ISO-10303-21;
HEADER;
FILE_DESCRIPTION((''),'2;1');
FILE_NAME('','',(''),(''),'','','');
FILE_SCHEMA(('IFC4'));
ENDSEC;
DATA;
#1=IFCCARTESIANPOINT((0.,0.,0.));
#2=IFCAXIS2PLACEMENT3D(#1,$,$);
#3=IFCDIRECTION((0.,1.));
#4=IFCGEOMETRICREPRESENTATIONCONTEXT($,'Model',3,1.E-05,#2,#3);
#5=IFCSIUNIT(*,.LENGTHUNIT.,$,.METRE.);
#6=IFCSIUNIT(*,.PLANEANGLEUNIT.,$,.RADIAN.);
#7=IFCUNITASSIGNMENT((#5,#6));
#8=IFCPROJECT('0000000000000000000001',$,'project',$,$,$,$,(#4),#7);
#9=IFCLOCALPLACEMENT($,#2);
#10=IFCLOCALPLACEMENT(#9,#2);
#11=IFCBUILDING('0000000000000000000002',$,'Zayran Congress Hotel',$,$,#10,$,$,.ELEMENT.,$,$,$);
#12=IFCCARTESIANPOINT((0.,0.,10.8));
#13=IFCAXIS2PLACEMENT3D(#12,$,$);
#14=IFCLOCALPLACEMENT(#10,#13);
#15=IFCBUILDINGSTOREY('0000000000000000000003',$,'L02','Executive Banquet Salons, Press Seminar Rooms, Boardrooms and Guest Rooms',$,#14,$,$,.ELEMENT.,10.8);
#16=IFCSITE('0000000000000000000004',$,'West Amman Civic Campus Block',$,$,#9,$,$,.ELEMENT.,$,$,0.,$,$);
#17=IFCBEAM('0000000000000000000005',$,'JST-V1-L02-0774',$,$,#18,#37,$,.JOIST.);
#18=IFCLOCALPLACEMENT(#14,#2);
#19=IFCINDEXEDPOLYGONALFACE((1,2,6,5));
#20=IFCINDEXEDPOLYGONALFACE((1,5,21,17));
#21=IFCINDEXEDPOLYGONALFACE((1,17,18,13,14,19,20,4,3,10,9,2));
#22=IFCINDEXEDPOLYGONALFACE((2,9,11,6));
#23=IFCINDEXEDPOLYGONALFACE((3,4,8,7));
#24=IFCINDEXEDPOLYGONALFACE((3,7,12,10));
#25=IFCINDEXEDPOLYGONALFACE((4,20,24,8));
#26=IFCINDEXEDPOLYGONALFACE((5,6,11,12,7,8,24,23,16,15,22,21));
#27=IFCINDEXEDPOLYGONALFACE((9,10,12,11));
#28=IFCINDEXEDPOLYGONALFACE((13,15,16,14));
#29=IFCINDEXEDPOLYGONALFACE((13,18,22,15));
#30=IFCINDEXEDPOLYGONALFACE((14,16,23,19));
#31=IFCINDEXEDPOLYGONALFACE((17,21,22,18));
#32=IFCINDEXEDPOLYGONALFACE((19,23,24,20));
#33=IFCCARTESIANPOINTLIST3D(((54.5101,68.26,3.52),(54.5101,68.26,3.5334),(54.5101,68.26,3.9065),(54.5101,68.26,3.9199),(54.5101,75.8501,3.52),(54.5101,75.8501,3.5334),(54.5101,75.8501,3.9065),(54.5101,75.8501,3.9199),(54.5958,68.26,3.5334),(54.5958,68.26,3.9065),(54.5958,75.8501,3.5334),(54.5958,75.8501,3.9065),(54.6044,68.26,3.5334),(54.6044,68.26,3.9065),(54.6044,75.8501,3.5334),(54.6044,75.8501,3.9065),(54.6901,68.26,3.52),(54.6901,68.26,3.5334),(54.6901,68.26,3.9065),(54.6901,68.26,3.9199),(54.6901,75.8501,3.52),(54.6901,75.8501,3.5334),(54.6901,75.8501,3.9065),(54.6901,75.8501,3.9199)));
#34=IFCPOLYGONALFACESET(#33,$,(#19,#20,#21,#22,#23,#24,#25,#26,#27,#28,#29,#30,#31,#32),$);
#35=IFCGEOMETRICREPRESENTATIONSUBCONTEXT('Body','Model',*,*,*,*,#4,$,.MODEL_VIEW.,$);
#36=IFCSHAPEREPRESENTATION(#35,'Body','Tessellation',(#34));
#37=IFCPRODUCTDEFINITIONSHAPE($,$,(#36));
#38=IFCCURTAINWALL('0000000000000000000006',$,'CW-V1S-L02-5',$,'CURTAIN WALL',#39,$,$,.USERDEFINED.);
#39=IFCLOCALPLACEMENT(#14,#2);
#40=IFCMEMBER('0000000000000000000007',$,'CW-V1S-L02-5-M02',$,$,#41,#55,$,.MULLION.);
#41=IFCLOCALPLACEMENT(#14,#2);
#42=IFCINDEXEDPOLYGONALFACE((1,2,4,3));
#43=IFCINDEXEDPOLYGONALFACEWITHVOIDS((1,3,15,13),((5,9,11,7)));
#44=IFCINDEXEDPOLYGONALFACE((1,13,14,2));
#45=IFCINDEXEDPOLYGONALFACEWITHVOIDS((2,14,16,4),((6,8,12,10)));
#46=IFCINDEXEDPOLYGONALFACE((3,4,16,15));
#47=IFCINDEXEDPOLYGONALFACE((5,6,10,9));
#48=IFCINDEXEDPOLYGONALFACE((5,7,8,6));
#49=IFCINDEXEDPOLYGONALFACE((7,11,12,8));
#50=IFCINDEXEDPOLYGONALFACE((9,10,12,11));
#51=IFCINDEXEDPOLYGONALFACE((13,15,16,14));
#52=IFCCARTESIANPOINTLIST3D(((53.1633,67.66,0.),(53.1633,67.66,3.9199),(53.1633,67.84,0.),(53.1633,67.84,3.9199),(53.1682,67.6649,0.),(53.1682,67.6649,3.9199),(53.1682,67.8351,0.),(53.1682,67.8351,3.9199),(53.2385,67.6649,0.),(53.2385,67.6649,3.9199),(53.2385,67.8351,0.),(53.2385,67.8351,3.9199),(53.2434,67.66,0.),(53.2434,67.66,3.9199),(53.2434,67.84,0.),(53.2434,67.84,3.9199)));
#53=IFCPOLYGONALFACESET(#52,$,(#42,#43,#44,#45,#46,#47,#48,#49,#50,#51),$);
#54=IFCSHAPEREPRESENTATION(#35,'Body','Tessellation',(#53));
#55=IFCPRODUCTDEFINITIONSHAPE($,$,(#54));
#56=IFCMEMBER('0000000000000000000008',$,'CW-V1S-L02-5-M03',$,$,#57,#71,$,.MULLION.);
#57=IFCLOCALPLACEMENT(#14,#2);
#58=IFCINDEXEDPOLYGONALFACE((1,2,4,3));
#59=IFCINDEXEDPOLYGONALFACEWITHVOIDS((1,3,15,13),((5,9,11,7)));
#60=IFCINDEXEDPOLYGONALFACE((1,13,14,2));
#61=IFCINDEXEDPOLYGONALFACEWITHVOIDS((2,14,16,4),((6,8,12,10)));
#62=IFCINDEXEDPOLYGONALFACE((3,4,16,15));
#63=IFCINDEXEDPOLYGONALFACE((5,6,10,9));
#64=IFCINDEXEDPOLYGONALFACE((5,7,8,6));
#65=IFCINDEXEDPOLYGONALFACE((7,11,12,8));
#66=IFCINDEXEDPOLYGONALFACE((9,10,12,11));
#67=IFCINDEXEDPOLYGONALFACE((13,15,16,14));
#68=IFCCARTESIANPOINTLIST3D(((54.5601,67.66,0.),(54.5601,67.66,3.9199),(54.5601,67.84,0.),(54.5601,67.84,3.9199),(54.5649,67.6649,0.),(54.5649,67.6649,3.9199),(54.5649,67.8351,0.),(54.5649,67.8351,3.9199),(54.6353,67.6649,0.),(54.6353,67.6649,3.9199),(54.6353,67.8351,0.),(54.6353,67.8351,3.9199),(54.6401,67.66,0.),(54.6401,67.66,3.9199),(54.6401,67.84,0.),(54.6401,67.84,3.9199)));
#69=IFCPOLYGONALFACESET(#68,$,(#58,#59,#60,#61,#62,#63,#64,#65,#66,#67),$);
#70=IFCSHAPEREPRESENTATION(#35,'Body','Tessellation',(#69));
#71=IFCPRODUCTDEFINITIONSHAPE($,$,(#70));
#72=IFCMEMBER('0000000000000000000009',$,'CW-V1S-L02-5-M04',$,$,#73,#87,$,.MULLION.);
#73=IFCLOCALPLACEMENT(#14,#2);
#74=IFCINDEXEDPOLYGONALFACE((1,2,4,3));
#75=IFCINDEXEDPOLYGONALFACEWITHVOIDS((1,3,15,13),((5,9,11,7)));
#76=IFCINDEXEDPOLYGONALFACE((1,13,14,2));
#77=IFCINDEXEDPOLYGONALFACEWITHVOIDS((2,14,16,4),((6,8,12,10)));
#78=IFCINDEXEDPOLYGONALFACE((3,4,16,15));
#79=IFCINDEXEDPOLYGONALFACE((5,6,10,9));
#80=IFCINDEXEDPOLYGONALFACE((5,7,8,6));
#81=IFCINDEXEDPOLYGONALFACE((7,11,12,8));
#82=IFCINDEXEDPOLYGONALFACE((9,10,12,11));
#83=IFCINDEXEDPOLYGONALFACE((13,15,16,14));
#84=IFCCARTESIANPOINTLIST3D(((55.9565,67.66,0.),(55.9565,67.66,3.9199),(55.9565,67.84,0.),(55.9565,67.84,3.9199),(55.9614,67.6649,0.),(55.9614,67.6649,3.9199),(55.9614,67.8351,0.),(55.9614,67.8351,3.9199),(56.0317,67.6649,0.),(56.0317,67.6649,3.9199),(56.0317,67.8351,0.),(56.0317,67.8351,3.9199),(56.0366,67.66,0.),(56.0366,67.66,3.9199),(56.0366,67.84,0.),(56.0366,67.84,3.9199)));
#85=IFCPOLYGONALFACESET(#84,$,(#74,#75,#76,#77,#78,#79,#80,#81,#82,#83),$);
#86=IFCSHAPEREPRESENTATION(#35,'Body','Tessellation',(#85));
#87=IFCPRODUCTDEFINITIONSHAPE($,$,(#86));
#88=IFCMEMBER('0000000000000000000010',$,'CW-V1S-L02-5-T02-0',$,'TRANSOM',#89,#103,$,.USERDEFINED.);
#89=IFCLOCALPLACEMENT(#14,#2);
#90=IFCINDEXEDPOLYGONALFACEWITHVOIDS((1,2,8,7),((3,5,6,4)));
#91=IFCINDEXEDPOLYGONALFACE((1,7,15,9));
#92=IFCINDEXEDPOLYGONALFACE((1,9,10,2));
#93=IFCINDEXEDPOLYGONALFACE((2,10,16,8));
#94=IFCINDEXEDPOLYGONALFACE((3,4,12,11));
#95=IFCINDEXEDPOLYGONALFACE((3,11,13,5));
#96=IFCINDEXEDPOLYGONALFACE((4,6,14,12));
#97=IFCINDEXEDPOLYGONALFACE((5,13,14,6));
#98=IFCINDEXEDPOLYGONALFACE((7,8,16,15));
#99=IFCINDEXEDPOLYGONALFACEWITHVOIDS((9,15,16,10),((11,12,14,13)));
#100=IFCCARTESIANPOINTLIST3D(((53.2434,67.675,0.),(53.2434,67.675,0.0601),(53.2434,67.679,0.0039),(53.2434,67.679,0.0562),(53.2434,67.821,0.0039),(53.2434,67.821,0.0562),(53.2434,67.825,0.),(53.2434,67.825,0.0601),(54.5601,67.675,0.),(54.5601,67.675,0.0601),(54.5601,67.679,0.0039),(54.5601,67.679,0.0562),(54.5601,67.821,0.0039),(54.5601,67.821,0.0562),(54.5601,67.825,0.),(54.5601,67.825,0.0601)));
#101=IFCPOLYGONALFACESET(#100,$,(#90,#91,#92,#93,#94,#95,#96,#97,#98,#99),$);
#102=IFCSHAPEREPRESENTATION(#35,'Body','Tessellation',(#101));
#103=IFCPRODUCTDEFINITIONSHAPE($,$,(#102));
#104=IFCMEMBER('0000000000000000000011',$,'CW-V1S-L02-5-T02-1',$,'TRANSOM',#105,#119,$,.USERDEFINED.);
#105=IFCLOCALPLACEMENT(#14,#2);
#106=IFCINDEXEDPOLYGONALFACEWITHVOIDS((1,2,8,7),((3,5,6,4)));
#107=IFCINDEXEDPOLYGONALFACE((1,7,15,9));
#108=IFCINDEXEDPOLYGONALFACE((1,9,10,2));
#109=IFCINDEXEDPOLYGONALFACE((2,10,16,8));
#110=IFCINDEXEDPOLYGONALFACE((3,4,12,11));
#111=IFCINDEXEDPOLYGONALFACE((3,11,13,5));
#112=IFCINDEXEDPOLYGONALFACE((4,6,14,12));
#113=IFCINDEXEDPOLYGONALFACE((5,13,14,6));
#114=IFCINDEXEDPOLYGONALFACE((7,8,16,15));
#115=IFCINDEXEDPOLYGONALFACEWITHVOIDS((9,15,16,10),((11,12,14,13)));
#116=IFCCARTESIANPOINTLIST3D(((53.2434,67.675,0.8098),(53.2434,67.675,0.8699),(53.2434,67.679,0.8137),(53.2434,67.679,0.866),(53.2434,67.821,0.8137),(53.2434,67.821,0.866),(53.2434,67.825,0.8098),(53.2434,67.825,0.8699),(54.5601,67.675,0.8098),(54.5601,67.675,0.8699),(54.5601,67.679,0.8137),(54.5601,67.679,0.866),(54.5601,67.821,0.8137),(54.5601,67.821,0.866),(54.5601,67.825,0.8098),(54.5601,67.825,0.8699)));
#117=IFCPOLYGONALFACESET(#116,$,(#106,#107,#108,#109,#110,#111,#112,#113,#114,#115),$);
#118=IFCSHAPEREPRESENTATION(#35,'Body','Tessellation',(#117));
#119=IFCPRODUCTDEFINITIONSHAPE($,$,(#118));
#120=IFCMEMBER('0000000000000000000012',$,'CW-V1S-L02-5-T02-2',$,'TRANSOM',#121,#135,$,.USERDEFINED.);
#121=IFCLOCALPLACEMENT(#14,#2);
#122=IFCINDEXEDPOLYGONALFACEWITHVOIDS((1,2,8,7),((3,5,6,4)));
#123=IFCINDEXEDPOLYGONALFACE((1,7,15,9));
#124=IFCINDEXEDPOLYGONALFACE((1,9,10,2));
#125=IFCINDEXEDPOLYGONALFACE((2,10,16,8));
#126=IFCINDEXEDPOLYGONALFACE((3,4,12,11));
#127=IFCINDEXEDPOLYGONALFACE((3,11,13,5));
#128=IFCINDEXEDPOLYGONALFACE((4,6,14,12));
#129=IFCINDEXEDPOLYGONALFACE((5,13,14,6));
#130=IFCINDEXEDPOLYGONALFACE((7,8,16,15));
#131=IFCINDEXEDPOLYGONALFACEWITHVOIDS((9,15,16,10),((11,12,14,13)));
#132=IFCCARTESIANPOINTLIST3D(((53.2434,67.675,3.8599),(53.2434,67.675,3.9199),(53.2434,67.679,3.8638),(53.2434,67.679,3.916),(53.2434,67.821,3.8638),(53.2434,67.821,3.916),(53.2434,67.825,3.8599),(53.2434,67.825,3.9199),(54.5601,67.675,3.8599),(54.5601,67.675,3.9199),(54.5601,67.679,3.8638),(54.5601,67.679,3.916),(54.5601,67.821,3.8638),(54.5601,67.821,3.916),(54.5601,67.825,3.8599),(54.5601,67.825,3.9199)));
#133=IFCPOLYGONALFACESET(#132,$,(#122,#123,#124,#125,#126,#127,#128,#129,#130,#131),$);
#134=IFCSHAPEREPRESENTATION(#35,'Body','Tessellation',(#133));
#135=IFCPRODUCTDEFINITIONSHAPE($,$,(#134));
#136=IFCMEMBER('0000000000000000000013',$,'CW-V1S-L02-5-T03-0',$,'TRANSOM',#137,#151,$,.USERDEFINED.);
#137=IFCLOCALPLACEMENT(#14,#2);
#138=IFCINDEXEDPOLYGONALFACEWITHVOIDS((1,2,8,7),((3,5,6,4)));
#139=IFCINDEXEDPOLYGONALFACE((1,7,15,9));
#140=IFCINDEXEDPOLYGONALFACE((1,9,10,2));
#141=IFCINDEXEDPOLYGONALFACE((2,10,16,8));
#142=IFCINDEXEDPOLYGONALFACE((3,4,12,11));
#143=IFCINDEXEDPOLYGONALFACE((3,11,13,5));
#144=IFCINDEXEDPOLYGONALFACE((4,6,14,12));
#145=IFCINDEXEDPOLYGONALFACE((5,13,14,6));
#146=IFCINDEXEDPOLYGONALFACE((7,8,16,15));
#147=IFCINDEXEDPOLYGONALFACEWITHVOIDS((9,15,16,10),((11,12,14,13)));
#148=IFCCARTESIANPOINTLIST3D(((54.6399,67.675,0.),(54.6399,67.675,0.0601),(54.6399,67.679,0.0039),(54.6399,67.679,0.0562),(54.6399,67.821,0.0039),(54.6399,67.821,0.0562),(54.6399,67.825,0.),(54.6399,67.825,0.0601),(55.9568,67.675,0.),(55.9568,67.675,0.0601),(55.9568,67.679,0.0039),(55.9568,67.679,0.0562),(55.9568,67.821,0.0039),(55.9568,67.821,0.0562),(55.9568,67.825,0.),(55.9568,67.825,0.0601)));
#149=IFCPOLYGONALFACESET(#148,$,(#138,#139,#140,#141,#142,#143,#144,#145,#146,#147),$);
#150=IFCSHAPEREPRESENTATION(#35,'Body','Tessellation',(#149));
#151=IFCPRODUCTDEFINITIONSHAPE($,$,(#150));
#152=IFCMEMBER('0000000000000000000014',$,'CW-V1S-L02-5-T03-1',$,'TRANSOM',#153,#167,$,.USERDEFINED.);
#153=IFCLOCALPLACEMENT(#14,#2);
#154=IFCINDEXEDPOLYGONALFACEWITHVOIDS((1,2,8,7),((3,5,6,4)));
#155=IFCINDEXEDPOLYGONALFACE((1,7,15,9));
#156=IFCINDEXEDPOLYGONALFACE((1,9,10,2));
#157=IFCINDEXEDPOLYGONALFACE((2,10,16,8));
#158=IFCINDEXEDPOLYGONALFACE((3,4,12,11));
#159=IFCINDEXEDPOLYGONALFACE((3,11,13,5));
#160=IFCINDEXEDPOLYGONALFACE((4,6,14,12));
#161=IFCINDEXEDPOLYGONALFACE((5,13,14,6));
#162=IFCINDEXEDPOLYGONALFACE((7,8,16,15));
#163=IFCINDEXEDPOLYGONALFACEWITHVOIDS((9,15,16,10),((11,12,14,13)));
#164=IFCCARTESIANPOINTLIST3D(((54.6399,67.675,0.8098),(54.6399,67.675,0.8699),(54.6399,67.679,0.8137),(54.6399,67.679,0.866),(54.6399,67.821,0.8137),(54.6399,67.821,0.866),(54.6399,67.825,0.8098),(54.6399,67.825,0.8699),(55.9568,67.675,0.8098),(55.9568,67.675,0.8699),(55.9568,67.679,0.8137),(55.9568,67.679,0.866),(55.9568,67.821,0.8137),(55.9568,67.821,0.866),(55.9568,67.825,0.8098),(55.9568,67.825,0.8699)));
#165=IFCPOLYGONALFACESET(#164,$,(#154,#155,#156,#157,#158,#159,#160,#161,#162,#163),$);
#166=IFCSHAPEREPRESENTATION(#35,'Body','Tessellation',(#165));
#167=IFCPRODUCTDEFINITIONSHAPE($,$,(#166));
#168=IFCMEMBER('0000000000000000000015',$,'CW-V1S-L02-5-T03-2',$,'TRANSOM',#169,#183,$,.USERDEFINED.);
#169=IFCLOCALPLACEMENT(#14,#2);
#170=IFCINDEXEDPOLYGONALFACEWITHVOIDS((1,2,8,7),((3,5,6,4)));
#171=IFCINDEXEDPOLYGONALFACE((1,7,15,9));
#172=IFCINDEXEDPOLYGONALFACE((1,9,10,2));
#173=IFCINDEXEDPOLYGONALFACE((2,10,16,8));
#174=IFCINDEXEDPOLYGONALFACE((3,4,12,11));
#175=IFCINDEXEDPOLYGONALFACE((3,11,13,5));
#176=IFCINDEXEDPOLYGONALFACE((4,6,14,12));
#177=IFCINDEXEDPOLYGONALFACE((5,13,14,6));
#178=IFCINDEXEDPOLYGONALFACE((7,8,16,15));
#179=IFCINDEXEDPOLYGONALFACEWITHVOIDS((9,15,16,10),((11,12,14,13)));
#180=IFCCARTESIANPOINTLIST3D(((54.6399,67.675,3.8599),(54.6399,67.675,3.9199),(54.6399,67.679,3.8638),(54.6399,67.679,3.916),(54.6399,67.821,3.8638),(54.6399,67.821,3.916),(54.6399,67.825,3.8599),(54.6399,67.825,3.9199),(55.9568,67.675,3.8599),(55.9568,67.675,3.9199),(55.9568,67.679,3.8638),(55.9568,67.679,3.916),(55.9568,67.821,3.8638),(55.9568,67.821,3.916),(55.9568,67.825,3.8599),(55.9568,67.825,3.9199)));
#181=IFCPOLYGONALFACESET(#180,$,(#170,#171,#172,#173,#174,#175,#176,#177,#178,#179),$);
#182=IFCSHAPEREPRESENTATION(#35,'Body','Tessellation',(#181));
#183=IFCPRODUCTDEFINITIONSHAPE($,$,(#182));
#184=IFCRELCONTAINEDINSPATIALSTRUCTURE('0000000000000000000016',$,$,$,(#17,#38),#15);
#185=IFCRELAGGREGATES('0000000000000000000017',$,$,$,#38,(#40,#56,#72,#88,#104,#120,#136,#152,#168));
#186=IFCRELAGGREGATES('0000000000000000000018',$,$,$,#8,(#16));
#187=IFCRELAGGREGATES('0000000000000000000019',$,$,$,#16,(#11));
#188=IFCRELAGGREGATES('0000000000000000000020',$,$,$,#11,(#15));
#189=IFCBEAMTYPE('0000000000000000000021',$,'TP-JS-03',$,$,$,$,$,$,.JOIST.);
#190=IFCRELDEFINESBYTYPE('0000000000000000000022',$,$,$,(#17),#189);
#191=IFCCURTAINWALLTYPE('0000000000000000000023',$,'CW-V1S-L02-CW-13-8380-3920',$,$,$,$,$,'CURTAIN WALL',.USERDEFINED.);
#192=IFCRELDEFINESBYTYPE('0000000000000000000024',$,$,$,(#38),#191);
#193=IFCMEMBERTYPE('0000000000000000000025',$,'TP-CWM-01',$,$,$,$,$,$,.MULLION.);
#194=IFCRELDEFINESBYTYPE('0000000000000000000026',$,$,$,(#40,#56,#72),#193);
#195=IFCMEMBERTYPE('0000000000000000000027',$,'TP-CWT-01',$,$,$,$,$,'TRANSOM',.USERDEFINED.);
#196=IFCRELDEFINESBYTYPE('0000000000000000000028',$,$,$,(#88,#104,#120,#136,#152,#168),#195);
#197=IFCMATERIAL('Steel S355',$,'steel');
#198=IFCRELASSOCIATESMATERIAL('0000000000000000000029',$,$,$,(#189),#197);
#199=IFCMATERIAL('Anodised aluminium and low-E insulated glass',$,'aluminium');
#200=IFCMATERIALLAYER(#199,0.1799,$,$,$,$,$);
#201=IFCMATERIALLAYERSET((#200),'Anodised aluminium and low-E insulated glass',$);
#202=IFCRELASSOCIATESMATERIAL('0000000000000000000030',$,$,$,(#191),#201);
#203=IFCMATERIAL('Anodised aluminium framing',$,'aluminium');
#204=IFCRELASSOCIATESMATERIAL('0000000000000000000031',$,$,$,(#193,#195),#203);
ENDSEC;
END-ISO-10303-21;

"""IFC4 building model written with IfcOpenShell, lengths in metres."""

from ifc_helpers import new_model, si_unit, direction, frame, origin, origin_2d, place, context, subcontext, project, spatial, hollow_rectangle, i_section, extrude, material, layer, layer_set, material_profile, profile_set, type_object, element, aggregate, save


model = new_model("IFC4")

# Units and contexts
model_context = context("Model", 3, precision=1e-05, world=origin(), true_north=direction((0.0, 1.0)))
body_context = subcontext(model_context, "Body", "Model", "MODEL_VIEW")
ifc_project = project(units=[si_unit("LENGTHUNIT", "METRE"), si_unit("PLANEANGLEUNIT", "RADIAN")], contexts=[model_context])

# Site, building, storey
site_placement = place(None, origin())
site = spatial("IfcSite", under=ifc_project, at=site_placement, Name="West Amman Civic Campus Block", CompositionType="ELEMENT", RefElevation=0.0)
building_placement = place(site_placement, origin())
building = spatial("IfcBuilding", under=site, at=building_placement, Name="Zayran Congress Hotel", CompositionType="ELEMENT")
storey_placement = place(building_placement, frame((0.0, 0.0, 10.8)))
storey = spatial("IfcBuildingStorey", under=building, at=storey_placement, Name="L02", Description="Executive Banquet Salons, Press Seminar Rooms, Boardrooms and Guest Rooms", CompositionType="ELEMENT", Elevation=10.8)

# Beam
ifc_material_1 = material(Name="Steel S355", Category="steel")
ifc_material_profile_1 = material_profile(ifc_material_1, i_section(OverallWidth=0.1799, OverallDepth=0.3999, WebThickness=0.0085, FlangeThickness=0.0134, at=origin_2d()), Name="IPE 400")
ifc_profile_set_1 = profile_set([ifc_material_profile_1], Name="Steel S355")
beam_type = type_object("IfcBeamType", Name="TP-JS-03", PredefinedType="JOIST", material=ifc_profile_set_1)
beam_placement = place(storey_placement, frame((54.6001, 68.26, 3.72), z_axis=(0.0, 1.0, 0.0), x_axis=(-1.0, 0.0, 0.0)))
element("IfcBeam", 1, at=beam_placement, inside=storey, type_object=beam_type, Name="JST-V1-L02-0774", PredefinedType="JOIST", context=body_context, shape_type="SweptSolid", body=[
    extrude(i_section(OverallWidth=0.1799, OverallDepth=0.3999, WebThickness=0.0085, FlangeThickness=0.0134, at=origin_2d()), origin(), (0.0, 0.0, 1.0), 7.5901),
])

# Curtain wall, members
ifc_material_2 = material(Name="Anodised aluminium and low-E insulated glass", Category="aluminium")
ifc_layer_1 = layer(ifc_material_2, 0.1799)
ifc_layer_set_1 = layer_set([ifc_layer_1], Name="Anodised aluminium and low-E insulated glass")
curtain_wall_type = type_object("IfcCurtainWallType", Name="CW-V1S-L02-CW-13-8380-3920", ElementType="CURTAIN WALL", PredefinedType="USERDEFINED", material=ifc_layer_set_1)
curtain_wall_placement = place(storey_placement, origin())
curtain_wall = element("IfcCurtainWall", 2, at=curtain_wall_placement, inside=storey, type_object=curtain_wall_type, Name="CW-V1S-L02-5", ObjectType="CURTAIN WALL", PredefinedType="USERDEFINED")
ifc_material_3 = material(Name="Anodised aluminium framing", Category="aluminium")
ifc_material_profile_2 = material_profile(ifc_material_3, hollow_rectangle(XDim=0.0801, YDim=0.1799, WallThickness=0.0049, at=origin_2d()), Name="RHS 180x80x5")
ifc_profile_set_2 = profile_set([ifc_material_profile_2], Name="Anodised aluminium framing")
member_type_1 = type_object("IfcMemberType", Name="TP-CWM-01", PredefinedType="MULLION", material=ifc_profile_set_2)
member_1_placement = place(storey_placement, frame((53.2034, 67.75, 0.0), z_axis=(0.0, 0.0, 1.0), x_axis=(1.0, 0.0, 0.0)))
member_1 = element("IfcMember", 3, at=member_1_placement, type_object=member_type_1, Name="CW-V1S-L02-5-M02", PredefinedType="MULLION", context=body_context, shape_type="SweptSolid", body=[
    extrude(hollow_rectangle(XDim=0.0801, YDim=0.1799, WallThickness=0.0049, at=origin_2d()), origin(), (0.0, 0.0, 1.0), 3.9199),
])
member_2_placement = place(storey_placement, frame((54.6001, 67.75, 0.0), z_axis=(0.0, 0.0, 1.0), x_axis=(1.0, 0.0, 0.0)))
member_2 = element("IfcMember", 4, at=member_2_placement, type_object=member_type_1, Name="CW-V1S-L02-5-M03", PredefinedType="MULLION", context=body_context, shape_type="SweptSolid", body=[
    extrude(hollow_rectangle(XDim=0.0801, YDim=0.1799, WallThickness=0.0049, at=origin_2d()), origin(), (0.0, 0.0, 1.0), 3.9199),
])
member_3_placement = place(storey_placement, frame((55.9966, 67.75, 0.0), z_axis=(0.0, 0.0, 1.0), x_axis=(1.0, 0.0, 0.0)))
member_3 = element("IfcMember", 5, at=member_3_placement, type_object=member_type_1, Name="CW-V1S-L02-5-M04", PredefinedType="MULLION", context=body_context, shape_type="SweptSolid", body=[
    extrude(hollow_rectangle(XDim=0.0801, YDim=0.1799, WallThickness=0.0049, at=origin_2d()), origin(), (0.0, 0.0, 1.0), 3.9199),
])
ifc_material_profile_3 = material_profile(ifc_material_3, hollow_rectangle(XDim=0.0601, YDim=0.1499, WallThickness=0.0039, at=origin_2d()), Name="RHS 150x60x4")
ifc_profile_set_3 = profile_set([ifc_material_profile_3], Name="Anodised aluminium framing")
member_type_2 = type_object("IfcMemberType", Name="TP-CWT-01", ElementType="TRANSOM", PredefinedType="USERDEFINED", material=ifc_profile_set_3)
member_4_placement = place(storey_placement, frame((53.2434, 67.75, 0.03), z_axis=(1.0, 0.0, 0.0), x_axis=(0.0, 0.0, 1.0)))
member_4 = element("IfcMember", 6, at=member_4_placement, type_object=member_type_2, Name="CW-V1S-L02-5-T02-0", ObjectType="TRANSOM", PredefinedType="USERDEFINED", context=body_context, shape_type="SweptSolid", body=[
    extrude(hollow_rectangle(XDim=0.0601, YDim=0.1499, WallThickness=0.0039, at=origin_2d()), origin(), (0.0, 0.0, 1.0), 1.3167),
])
member_5_placement = place(storey_placement, frame((53.2434, 67.75, 0.8398), z_axis=(1.0, 0.0, 0.0), x_axis=(0.0, 0.0, 1.0)))
member_5 = element("IfcMember", 7, at=member_5_placement, type_object=member_type_2, Name="CW-V1S-L02-5-T02-1", ObjectType="TRANSOM", PredefinedType="USERDEFINED", context=body_context, shape_type="SweptSolid", body=[
    extrude(hollow_rectangle(XDim=0.0601, YDim=0.1499, WallThickness=0.0039, at=origin_2d()), origin(), (0.0, 0.0, 1.0), 1.3167),
])
member_6_placement = place(storey_placement, frame((53.2434, 67.75, 3.8899), z_axis=(1.0, 0.0, 0.0), x_axis=(0.0, 0.0, 1.0)))
member_6 = element("IfcMember", 8, at=member_6_placement, type_object=member_type_2, Name="CW-V1S-L02-5-T02-2", ObjectType="TRANSOM", PredefinedType="USERDEFINED", context=body_context, shape_type="SweptSolid", body=[
    extrude(hollow_rectangle(XDim=0.0601, YDim=0.1499, WallThickness=0.0039, at=origin_2d()), origin(), (0.0, 0.0, 1.0), 1.3167),
])
member_7_placement = place(storey_placement, frame((54.6399, 67.75, 0.03), z_axis=(1.0, 0.0, 0.0), x_axis=(0.0, 0.0, 1.0)))
member_7 = element("IfcMember", 9, at=member_7_placement, type_object=member_type_2, Name="CW-V1S-L02-5-T03-0", ObjectType="TRANSOM", PredefinedType="USERDEFINED", context=body_context, shape_type="SweptSolid", body=[
    extrude(hollow_rectangle(XDim=0.0601, YDim=0.1499, WallThickness=0.0039, at=origin_2d()), origin(), (0.0, 0.0, 1.0), 1.3169),
])
member_8_placement = place(storey_placement, frame((54.6399, 67.75, 0.8398), z_axis=(1.0, 0.0, 0.0), x_axis=(0.0, 0.0, 1.0)))
member_8 = element("IfcMember", 10, at=member_8_placement, type_object=member_type_2, Name="CW-V1S-L02-5-T03-1", ObjectType="TRANSOM", PredefinedType="USERDEFINED", context=body_context, shape_type="SweptSolid", body=[
    extrude(hollow_rectangle(XDim=0.0601, YDim=0.1499, WallThickness=0.0039, at=origin_2d()), origin(), (0.0, 0.0, 1.0), 1.3169),
])
member_9_placement = place(storey_placement, frame((54.6399, 67.75, 3.8899), z_axis=(1.0, 0.0, 0.0), x_axis=(0.0, 0.0, 1.0)))
member_9 = element("IfcMember", 11, at=member_9_placement, type_object=member_type_2, Name="CW-V1S-L02-5-T03-2", ObjectType="TRANSOM", PredefinedType="USERDEFINED", context=body_context, shape_type="SweptSolid", body=[
    extrude(hollow_rectangle(XDim=0.0601, YDim=0.1499, WallThickness=0.0039, at=origin_2d()), origin(), (0.0, 0.0, 1.0), 1.3169),
])
aggregate(curtain_wall, [member_1, member_2, member_3, member_4, member_5, member_6, member_7, member_8, member_9])

save(model, "model.ifc")
